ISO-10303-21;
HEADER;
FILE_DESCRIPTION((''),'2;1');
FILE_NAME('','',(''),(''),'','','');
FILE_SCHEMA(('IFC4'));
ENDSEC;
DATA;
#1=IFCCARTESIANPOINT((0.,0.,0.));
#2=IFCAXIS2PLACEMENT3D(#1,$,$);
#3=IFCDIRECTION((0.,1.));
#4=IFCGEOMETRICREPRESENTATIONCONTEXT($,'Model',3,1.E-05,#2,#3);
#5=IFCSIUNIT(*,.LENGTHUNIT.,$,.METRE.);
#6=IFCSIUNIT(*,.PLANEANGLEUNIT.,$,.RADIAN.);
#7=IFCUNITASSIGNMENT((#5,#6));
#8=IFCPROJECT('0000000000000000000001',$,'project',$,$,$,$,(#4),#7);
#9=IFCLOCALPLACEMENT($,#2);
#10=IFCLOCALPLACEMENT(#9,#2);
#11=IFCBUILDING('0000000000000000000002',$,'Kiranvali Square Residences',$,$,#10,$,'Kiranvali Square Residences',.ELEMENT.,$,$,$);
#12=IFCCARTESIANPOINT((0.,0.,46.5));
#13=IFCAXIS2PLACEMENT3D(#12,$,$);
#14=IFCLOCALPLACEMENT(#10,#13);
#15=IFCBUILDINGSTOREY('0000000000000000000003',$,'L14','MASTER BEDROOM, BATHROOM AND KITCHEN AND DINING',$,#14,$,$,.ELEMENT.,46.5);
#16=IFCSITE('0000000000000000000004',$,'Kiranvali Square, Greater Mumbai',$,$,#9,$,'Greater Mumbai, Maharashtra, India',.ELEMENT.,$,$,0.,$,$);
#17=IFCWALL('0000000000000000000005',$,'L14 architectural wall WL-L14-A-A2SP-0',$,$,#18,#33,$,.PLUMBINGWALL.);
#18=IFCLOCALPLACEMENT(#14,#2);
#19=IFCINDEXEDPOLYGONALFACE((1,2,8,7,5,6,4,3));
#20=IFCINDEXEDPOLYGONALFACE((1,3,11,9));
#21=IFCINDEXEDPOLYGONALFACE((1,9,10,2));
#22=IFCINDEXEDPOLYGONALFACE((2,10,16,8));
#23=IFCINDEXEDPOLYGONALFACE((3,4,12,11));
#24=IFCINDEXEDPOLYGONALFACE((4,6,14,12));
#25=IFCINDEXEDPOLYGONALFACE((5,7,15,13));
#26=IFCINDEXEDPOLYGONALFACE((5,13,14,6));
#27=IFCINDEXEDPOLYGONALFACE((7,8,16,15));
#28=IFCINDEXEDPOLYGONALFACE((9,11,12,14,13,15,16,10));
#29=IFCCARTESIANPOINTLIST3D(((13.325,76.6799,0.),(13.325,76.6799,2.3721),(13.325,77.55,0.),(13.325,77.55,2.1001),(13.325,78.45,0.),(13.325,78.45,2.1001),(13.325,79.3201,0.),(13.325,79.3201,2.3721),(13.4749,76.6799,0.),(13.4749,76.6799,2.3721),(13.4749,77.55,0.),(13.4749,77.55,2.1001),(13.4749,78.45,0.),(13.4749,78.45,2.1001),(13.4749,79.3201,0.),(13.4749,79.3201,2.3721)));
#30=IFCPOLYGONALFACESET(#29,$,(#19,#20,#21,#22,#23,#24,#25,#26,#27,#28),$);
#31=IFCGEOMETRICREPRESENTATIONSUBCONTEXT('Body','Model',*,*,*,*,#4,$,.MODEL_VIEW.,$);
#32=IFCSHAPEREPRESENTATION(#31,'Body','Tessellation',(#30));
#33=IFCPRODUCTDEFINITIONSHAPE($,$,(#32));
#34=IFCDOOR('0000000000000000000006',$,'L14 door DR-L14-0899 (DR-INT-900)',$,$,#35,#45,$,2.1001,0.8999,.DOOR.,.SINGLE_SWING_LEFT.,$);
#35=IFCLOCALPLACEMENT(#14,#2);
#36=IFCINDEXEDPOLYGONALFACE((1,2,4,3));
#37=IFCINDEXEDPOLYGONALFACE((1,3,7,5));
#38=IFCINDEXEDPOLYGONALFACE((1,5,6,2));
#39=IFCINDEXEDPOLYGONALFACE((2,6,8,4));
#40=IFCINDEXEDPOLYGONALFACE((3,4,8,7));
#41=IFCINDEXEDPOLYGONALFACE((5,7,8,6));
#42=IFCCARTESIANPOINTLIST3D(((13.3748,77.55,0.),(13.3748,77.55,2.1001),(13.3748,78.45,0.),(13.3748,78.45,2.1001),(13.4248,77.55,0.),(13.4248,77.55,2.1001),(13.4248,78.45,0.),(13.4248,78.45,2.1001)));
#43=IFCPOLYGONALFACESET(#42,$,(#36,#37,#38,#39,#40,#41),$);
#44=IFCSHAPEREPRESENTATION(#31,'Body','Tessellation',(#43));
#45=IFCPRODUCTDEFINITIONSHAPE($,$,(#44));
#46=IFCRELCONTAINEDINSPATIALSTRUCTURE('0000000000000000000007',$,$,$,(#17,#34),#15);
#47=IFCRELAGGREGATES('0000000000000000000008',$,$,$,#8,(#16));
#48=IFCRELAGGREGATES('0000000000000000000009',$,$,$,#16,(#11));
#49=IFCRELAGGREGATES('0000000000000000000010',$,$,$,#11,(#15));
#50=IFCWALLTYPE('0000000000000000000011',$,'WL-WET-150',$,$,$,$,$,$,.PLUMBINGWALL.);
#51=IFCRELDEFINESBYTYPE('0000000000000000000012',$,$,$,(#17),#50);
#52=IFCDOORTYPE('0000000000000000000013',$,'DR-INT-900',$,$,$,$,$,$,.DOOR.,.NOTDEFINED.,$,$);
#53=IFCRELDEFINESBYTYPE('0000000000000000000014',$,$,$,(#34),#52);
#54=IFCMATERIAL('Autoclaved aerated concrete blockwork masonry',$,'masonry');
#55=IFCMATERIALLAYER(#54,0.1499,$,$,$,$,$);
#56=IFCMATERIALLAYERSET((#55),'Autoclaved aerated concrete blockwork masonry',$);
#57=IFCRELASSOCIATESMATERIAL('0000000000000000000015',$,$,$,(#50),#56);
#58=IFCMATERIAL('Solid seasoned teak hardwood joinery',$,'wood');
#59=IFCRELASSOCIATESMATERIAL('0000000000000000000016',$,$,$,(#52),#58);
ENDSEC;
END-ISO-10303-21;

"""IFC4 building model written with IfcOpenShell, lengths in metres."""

from ifc_helpers import new_model, si_unit, direction, frame, frame_2d, origin, place, context, subcontext, project, spatial, rectangle, extrude, material, layer, layer_set, type_object, element, fill, save


model = new_model("IFC4")

# Units and contexts
model_context = context("Model", 3, precision=1e-05, world=origin(), true_north=direction((0.0, 1.0)))
body_context = subcontext(model_context, "Body", "Model", "MODEL_VIEW")
ifc_project = project(units=[si_unit("LENGTHUNIT", "METRE"), si_unit("PLANEANGLEUNIT", "RADIAN")], contexts=[model_context])

# Site, building, storey
site_placement = place(None, origin())
site = spatial("IfcSite", under=ifc_project, at=site_placement, Name="Kiranvali Square, Greater Mumbai", LongName="Greater Mumbai, Maharashtra, India", CompositionType="ELEMENT", RefElevation=0.0)
building_placement = place(site_placement, origin())
building = spatial("IfcBuilding", under=site, at=building_placement, Name="Kiranvali Square Residences", LongName="Kiranvali Square Residences", CompositionType="ELEMENT")
storey_placement = place(building_placement, frame((0.0, 0.0, 46.5)))
storey = spatial("IfcBuildingStorey", under=building, at=storey_placement, Name="L14", Description="MASTER BEDROOM, BATHROOM AND KITCHEN AND DINING", CompositionType="ELEMENT", Elevation=46.5)

# Wall, opening, door
ifc_material_1 = material(Name="Autoclaved aerated concrete blockwork masonry", Category="masonry")
ifc_layer_1 = layer(ifc_material_1, 0.1499)
ifc_layer_set_1 = layer_set([ifc_layer_1], Name="Autoclaved aerated concrete blockwork masonry")
wall_type_1 = type_object("IfcWallType", Name="WL-WET-150", PredefinedType="PLUMBINGWALL", material=ifc_layer_set_1)
wall_1_placement = place(storey_placement, frame((13.3999, 79.3201, 0.0), z_axis=(0.0, 0.0, 1.0), x_axis=(0.0, -1.0, 0.0)))
wall_1 = element("IfcWall", 1, at=wall_1_placement, inside=storey, type_object=wall_type_1, Name="L14 architectural wall WL-L14-A-A2SP-0", PredefinedType="PLUMBINGWALL", context=body_context, shape_type="SweptSolid", body=[
    extrude(rectangle(XDim=2.6401, YDim=0.1499, at=frame_2d((1.3201, 0.0))), origin(), (0.0, 0.0, 1.0), 2.3721),
])
opening_1_placement = place(wall_1_placement, frame((0.8701, 0.0, 0.0)))
opening_1 = element("IfcOpeningElement", 2, at=opening_1_placement, cuts=wall_1, PredefinedType="OPENING", context=body_context, shape_type="SweptSolid", body=[
    extrude(rectangle(XDim=0.8999, YDim=2.1001, at=frame_2d((0.45, 1.05))), frame((0.0, 0.085, 0.0), z_axis=(0.0, -1.0, 0.0), x_axis=(1.0, 0.0, 0.0)), (0.0, 0.0, 1.0), 0.1699),
])
ifc_material_2 = material(Name="Solid seasoned teak hardwood joinery", Category="wood")
door_type = type_object("IfcDoorType", Name="DR-INT-900", OperationType="NOTDEFINED", PredefinedType="DOOR", material=ifc_material_2)
door_placement = place(opening_1_placement, origin())
door = element("IfcDoor", 3, at=door_placement, inside=storey, type_object=door_type, Name="L14 door DR-L14-0899 (DR-INT-900)", OperationType="SINGLE_SWING_LEFT", OverallHeight=2.1001, OverallWidth=0.8999, PredefinedType="DOOR", context=body_context, shape_type="SweptSolid", body=[
    extrude(rectangle(XDim=0.8999, YDim=2.1001, at=frame_2d((0.45, 1.05))), frame((0.0, 0.0249, 0.0), z_axis=(0.0, -1.0, 0.0), x_axis=(1.0, 0.0, 0.0)), (0.0, 0.0, 1.0), 0.05),
])
fill(opening_1, door)

save(model, "model.ifc")
